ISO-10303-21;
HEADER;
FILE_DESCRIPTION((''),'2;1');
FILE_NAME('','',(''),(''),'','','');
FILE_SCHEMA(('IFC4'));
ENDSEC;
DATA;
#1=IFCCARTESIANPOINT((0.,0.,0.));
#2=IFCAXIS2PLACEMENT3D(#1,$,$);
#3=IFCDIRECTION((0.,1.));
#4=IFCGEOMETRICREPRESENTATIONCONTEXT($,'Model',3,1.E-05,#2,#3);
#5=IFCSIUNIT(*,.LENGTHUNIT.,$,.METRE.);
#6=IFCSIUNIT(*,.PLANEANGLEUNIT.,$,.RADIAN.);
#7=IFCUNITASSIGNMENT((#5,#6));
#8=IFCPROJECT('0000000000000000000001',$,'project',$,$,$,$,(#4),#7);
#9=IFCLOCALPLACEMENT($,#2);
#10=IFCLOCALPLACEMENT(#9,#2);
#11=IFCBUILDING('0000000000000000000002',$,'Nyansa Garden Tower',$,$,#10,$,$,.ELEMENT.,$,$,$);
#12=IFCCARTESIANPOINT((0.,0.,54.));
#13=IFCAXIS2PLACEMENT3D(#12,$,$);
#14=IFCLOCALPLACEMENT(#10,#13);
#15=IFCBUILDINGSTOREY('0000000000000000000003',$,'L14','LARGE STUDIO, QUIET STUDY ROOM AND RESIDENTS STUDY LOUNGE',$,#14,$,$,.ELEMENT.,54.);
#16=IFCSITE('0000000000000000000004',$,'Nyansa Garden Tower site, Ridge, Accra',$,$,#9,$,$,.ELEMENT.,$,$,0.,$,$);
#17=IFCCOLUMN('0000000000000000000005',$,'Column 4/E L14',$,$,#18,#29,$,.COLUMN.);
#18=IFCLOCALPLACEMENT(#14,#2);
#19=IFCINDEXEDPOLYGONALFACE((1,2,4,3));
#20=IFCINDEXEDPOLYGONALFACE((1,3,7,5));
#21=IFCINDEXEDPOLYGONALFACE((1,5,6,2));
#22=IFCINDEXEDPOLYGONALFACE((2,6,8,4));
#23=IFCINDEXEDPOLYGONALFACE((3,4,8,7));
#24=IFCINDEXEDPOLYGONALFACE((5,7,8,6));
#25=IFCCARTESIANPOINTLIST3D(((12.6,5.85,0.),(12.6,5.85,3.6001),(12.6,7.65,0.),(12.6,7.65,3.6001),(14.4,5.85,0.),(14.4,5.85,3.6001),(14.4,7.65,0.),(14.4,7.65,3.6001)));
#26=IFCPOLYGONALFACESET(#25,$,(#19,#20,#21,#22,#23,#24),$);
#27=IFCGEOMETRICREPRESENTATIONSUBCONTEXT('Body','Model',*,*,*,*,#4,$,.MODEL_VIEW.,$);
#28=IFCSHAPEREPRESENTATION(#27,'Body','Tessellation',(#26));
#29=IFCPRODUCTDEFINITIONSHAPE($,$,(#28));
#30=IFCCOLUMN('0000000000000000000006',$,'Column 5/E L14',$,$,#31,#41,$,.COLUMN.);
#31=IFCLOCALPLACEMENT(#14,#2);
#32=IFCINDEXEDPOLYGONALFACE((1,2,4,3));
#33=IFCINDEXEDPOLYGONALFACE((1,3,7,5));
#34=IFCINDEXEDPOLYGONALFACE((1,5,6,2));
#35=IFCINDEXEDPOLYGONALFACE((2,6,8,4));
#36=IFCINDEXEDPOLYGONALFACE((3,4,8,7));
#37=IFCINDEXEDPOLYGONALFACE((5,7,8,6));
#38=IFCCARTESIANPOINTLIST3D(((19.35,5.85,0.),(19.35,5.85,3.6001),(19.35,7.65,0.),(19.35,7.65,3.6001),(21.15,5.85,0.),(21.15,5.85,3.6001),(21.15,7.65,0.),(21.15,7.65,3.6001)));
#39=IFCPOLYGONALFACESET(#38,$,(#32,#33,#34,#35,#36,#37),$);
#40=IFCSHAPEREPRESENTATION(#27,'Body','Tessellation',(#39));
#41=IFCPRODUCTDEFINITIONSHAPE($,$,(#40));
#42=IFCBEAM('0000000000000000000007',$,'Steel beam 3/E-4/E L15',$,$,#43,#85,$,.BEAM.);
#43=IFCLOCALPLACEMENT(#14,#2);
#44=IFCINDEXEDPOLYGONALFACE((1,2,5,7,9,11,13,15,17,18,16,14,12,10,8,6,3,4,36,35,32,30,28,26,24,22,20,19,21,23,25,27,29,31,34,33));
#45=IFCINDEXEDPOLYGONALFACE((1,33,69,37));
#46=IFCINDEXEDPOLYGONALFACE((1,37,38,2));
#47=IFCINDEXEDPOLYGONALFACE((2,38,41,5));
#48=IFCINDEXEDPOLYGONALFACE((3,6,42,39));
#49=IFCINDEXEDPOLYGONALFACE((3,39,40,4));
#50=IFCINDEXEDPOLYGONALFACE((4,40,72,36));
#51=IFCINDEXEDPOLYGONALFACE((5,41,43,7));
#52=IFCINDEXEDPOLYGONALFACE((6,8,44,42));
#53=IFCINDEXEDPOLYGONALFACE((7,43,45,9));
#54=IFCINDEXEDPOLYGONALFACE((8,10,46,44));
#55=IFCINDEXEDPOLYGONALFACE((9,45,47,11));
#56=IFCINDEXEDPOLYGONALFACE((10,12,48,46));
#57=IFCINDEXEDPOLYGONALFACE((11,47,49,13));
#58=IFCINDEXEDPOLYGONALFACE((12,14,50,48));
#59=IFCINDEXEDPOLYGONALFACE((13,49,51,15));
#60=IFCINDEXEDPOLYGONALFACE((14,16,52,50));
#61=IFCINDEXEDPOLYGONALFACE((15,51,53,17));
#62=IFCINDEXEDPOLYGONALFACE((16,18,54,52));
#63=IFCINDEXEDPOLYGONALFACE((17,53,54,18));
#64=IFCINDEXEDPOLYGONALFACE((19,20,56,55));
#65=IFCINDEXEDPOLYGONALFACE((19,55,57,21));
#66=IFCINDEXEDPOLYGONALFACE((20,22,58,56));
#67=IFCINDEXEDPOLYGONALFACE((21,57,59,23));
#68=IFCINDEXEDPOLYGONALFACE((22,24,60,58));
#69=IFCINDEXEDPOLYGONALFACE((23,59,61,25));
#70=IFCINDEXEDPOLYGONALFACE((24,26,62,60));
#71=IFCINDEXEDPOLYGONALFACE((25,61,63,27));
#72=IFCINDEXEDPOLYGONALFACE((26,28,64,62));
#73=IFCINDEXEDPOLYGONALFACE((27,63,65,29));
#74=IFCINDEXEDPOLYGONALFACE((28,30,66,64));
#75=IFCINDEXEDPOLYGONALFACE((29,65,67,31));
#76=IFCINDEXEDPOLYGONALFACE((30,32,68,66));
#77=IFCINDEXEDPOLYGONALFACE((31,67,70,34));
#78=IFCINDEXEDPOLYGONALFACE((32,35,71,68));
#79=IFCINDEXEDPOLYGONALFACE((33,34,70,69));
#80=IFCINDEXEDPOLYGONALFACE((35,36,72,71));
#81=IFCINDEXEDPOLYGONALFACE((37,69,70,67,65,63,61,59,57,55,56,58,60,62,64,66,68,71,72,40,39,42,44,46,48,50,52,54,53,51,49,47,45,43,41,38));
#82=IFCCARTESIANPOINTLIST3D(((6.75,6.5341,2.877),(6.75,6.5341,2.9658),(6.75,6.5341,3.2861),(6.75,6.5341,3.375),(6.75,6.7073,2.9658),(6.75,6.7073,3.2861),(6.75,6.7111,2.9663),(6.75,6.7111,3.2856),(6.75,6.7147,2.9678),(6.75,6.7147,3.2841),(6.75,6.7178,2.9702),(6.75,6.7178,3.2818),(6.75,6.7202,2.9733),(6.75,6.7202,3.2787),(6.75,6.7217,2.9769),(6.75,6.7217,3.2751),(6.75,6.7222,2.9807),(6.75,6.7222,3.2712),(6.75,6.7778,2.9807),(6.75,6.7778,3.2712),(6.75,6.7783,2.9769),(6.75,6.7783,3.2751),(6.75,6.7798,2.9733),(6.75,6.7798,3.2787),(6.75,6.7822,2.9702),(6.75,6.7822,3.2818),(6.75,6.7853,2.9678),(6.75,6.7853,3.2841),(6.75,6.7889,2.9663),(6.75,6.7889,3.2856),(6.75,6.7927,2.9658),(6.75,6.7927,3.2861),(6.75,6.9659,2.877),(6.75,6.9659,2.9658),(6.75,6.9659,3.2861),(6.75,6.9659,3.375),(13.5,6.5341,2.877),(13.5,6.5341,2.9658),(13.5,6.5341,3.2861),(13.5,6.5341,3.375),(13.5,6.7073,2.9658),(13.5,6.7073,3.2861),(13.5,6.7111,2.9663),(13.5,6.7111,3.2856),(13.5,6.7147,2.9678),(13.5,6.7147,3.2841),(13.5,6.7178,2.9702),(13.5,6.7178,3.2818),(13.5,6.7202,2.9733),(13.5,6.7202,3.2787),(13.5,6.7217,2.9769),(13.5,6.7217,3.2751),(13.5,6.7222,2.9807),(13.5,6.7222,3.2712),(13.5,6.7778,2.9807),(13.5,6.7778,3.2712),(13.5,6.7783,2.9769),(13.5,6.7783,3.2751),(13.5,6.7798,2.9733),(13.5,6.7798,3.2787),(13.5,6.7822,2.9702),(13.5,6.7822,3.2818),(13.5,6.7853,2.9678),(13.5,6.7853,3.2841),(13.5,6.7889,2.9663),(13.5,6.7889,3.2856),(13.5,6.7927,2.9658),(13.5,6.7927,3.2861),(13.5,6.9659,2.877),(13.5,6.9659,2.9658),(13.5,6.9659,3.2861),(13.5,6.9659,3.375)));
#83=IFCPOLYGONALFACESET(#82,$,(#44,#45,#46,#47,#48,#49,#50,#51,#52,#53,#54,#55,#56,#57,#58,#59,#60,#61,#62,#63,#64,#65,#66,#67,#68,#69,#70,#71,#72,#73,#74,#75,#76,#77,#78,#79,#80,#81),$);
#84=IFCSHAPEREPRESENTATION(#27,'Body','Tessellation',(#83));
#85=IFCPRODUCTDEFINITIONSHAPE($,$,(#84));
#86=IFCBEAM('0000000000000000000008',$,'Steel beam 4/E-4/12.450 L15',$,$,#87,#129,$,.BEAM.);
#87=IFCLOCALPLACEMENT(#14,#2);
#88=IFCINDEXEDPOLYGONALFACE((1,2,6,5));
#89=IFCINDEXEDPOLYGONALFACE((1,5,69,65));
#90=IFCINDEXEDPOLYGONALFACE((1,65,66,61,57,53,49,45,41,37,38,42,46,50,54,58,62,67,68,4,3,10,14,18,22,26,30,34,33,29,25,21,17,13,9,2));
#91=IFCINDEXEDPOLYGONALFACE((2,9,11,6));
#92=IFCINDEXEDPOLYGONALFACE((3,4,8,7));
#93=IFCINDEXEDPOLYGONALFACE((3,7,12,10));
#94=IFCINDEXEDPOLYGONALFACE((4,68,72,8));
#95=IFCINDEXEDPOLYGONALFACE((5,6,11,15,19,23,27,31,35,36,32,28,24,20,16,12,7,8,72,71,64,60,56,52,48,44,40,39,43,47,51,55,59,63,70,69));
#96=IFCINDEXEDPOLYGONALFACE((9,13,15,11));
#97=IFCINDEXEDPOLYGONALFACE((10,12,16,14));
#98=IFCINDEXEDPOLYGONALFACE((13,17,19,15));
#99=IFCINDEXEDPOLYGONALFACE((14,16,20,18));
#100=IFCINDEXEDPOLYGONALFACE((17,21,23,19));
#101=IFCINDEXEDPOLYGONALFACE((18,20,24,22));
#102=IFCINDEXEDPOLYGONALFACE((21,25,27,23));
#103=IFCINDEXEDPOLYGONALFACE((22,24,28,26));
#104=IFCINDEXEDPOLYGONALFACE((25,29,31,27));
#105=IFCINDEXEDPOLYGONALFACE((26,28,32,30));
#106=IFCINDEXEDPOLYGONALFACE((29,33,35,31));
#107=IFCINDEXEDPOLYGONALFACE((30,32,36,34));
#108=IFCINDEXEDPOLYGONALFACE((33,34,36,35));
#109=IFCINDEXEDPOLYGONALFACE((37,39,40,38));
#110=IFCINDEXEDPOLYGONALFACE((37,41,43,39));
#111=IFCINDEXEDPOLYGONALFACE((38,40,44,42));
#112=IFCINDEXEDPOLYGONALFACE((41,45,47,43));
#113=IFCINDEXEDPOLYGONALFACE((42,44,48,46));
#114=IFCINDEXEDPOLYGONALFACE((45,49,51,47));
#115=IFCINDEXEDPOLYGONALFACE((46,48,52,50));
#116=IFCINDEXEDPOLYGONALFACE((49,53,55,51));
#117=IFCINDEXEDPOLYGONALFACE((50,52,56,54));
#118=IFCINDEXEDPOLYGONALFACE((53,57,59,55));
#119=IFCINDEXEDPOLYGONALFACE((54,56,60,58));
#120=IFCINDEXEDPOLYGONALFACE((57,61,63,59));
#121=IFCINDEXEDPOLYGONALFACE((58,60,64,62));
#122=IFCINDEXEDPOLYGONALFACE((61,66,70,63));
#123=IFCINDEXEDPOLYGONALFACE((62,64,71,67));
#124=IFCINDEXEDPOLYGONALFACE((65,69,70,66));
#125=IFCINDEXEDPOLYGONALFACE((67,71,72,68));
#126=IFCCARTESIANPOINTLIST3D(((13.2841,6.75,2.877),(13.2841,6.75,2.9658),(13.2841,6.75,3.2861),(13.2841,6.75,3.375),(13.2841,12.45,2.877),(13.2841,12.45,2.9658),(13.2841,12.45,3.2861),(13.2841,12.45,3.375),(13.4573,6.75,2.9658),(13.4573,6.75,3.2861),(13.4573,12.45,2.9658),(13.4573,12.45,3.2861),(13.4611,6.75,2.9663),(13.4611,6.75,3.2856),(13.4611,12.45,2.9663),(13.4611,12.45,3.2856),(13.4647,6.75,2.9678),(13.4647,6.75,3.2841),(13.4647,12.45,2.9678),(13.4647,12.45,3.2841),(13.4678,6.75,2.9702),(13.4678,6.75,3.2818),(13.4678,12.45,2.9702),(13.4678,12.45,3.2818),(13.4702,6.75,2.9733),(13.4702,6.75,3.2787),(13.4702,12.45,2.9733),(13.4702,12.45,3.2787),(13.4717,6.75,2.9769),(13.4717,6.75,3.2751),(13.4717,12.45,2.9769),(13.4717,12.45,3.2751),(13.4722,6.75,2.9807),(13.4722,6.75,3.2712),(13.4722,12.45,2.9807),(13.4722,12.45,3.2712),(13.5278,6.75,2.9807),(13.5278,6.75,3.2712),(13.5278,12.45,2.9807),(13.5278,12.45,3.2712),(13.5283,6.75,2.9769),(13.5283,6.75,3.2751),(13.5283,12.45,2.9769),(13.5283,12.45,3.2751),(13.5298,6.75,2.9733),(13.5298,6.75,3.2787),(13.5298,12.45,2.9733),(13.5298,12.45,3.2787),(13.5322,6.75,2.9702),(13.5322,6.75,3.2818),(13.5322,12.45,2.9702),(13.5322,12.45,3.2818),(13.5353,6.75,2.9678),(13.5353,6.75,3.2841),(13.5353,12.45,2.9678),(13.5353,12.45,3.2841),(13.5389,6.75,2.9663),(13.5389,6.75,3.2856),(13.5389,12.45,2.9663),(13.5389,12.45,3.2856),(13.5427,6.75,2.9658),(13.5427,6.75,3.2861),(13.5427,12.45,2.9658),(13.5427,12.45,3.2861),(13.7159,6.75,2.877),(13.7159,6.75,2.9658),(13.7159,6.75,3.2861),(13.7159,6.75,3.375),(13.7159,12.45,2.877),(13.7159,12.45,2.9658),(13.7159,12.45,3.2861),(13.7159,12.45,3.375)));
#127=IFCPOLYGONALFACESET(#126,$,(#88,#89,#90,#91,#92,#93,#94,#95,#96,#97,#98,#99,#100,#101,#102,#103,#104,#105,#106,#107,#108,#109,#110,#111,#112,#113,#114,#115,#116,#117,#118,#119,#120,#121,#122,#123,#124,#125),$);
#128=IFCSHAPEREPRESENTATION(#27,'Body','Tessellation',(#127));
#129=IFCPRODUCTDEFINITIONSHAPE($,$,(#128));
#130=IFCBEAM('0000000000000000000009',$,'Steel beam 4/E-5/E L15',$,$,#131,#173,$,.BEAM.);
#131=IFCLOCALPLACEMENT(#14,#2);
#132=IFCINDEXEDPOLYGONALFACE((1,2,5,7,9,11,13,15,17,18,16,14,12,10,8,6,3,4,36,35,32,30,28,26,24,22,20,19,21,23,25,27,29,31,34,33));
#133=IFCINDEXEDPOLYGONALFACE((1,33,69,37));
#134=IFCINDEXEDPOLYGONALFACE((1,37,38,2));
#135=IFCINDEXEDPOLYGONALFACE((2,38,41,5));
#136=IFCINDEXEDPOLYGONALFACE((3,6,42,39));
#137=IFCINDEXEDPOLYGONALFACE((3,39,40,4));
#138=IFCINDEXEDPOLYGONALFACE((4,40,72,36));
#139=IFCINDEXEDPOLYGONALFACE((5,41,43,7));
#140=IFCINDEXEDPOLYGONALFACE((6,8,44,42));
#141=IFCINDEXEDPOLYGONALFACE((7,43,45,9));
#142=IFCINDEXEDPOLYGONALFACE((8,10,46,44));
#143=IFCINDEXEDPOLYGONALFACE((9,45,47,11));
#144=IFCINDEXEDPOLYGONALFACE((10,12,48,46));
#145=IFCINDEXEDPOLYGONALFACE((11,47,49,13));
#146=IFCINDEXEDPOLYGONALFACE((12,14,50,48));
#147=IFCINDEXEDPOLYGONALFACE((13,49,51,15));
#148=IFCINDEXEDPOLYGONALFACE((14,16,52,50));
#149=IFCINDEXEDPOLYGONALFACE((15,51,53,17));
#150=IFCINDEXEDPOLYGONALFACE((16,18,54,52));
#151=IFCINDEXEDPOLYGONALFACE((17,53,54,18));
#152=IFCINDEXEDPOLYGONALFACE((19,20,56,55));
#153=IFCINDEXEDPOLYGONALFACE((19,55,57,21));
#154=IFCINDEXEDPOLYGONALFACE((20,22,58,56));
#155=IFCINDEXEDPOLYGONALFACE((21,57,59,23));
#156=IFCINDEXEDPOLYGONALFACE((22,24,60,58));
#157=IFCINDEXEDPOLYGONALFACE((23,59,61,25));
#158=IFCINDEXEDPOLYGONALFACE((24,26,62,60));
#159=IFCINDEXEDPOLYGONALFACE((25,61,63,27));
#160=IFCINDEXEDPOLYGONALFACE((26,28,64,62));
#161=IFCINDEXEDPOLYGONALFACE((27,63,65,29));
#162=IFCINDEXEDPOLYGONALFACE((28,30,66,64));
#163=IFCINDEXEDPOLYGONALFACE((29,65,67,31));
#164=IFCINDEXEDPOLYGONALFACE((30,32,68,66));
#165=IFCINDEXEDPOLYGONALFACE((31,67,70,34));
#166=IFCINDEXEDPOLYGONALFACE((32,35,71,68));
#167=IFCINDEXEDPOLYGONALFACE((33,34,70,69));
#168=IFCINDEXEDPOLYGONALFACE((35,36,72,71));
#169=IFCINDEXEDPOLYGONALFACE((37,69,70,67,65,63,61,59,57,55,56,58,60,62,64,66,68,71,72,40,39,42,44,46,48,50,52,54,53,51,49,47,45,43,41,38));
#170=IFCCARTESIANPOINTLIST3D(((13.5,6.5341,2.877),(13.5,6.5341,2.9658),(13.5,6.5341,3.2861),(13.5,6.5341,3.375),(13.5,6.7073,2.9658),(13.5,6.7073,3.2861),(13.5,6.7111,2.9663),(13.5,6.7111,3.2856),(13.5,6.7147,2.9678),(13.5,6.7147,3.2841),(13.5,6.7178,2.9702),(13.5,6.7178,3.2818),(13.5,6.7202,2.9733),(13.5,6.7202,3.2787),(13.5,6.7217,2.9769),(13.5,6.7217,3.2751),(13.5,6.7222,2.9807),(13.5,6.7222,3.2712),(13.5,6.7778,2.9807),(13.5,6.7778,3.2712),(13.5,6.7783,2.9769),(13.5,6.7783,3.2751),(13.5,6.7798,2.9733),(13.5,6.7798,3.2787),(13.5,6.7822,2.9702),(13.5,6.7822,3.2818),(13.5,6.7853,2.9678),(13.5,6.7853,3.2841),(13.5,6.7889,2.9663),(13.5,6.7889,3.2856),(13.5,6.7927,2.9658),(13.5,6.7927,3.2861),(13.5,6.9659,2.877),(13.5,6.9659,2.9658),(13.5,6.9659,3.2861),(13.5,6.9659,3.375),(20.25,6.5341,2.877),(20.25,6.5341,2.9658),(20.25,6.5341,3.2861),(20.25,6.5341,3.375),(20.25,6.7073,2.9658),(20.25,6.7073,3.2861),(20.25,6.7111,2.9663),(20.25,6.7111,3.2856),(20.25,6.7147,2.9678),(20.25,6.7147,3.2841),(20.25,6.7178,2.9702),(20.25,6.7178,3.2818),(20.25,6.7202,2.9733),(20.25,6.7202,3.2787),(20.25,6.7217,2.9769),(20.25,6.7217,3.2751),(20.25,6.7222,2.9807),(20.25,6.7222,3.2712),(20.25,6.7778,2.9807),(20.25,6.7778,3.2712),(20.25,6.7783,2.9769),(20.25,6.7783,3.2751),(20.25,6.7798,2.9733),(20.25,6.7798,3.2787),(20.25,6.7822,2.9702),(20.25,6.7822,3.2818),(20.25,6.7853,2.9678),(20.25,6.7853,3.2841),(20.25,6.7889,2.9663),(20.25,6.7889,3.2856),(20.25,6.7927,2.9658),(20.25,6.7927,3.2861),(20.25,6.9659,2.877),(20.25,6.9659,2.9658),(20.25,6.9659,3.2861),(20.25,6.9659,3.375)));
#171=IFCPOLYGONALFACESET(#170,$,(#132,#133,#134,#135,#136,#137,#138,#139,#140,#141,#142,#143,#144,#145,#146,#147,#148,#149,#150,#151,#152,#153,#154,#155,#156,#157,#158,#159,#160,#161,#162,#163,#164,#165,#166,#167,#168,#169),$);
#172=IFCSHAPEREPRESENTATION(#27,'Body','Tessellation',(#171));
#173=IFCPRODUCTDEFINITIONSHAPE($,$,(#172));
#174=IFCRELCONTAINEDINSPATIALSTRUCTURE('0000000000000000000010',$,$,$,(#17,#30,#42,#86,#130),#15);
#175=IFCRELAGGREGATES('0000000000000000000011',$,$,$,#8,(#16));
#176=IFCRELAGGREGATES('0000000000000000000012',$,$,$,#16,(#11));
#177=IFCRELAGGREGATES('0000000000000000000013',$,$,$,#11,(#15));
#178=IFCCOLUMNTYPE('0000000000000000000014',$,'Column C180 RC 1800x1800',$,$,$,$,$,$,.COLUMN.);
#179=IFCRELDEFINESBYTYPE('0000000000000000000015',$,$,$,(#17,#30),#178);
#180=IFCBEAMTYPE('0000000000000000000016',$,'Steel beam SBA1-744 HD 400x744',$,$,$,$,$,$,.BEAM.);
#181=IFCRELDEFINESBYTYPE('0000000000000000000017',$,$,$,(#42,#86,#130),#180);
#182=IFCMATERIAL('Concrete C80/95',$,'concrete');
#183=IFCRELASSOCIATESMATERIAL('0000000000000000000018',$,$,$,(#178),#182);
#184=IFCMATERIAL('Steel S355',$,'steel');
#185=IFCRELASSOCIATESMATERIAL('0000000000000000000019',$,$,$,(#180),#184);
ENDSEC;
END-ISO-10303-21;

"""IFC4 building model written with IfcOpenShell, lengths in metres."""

from ifc_helpers import new_model, si_unit, direction, frame, origin, origin_2d, place, context, subcontext, project, spatial, rectangle, i_section, extrude, material, material_profile, profile_set, type_object, element, save


model = new_model("IFC4")

# Units and contexts
model_context = context("Model", 3, precision=1e-05, world=origin(), true_north=direction((0.0, 1.0)))
body_context = subcontext(model_context, "Body", "Model", "MODEL_VIEW")
ifc_project = project(units=[si_unit("LENGTHUNIT", "METRE"), si_unit("PLANEANGLEUNIT", "RADIAN")], contexts=[model_context])

# Site, building, storey
site_placement = place(None, origin())
site = spatial("IfcSite", under=ifc_project, at=site_placement, Name="Nyansa Garden Tower site, Ridge, Accra", CompositionType="ELEMENT", RefElevation=0.0)
building_placement = place(site_placement, origin())
building = spatial("IfcBuilding", under=site, at=building_placement, Name="Nyansa Garden Tower", CompositionType="ELEMENT")
storey_placement = place(building_placement, frame((0.0, 0.0, 54.0)))
storey = spatial("IfcBuildingStorey", under=building, at=storey_placement, Name="L14", Description="LARGE STUDIO, QUIET STUDY ROOM AND RESIDENTS STUDY LOUNGE", CompositionType="ELEMENT", Elevation=54.0)

# Columns
ifc_material_1 = material(Name="Concrete C80/95", Category="concrete")
ifc_material_profile_1 = material_profile(ifc_material_1, rectangle(XDim=1.8, YDim=1.8, at=origin_2d()), Name="RC 1800x1800")
ifc_profile_set_1 = profile_set([ifc_material_profile_1], Name="Concrete C80/95")
column_type = type_object("IfcColumnType", Name="Column C180 RC 1800x1800", PredefinedType="COLUMN", material=ifc_profile_set_1)
for number, where, z_axis, x_axis, name in (
    (1, (13.5, 6.75, 0.0), (0.0, 0.0, 1.0), (1.0, 0.0, 0.0), "Column 4/E L14"),
    (2, (20.25, 6.75, 0.0), (0.0, 0.0, 1.0), (1.0, 0.0, 0.0), "Column 5/E L14"),
):
    element("IfcColumn", number, at=place(storey_placement, frame(where, z_axis=z_axis, x_axis=x_axis)), inside=storey, type_object=column_type, Name=name, PredefinedType="COLUMN", context=body_context, shape_type="SweptSolid", body=[
        extrude(rectangle(XDim=1.8, YDim=1.8, at=origin_2d()), origin(), (0.0, 0.0, 1.0), 3.6001),
    ])

# Beams
ifc_material_2 = material(Name="Steel S355", Category="steel")
ifc_material_profile_2 = material_profile(ifc_material_2, i_section(OverallWidth=0.4319, OverallDepth=0.498, WebThickness=0.0557, FlangeThickness=0.0889, FilletRadius=0.0149, at=origin_2d()), Name="HD 400x744")
ifc_profile_set_2 = profile_set([ifc_material_profile_2], Name="Steel S355")
beam_type_1 = type_object("IfcBeamType", Name="Steel beam SBA1-744 HD 400x744", PredefinedType="BEAM", material=ifc_profile_set_2)
beam_1_placement = place(storey_placement, frame((6.75, 6.75, 3.126), z_axis=(1.0, 0.0, 0.0), x_axis=(0.0, 1.0, 0.0)))
element("IfcBeam", 3, at=beam_1_placement, inside=storey, type_object=beam_type_1, Name="Steel beam 3/E-4/E L15", PredefinedType="BEAM", context=body_context, shape_type="SweptSolid", body=[
    extrude(i_section(OverallWidth=0.4319, OverallDepth=0.498, WebThickness=0.0557, FlangeThickness=0.0889, FilletRadius=0.0149, at=origin_2d()), origin(), (0.0, 0.0, 1.0), 6.75),
])
beam_2_placement = place(storey_placement, frame((13.5, 6.75, 3.126), z_axis=(0.0, 1.0, 0.0), x_axis=(-1.0, 0.0, 0.0)))
element("IfcBeam", 4, at=beam_2_placement, inside=storey, type_object=beam_type_1, Name="Steel beam 4/E-4/12.450 L15", PredefinedType="BEAM", context=body_context, shape_type="SweptSolid", body=[
    extrude(i_section(OverallWidth=0.4319, OverallDepth=0.498, WebThickness=0.0557, FlangeThickness=0.0889, FilletRadius=0.0149, at=origin_2d()), origin(), (0.0, 0.0, 1.0), 5.7),
])
beam_3_placement = place(storey_placement, frame((13.5, 6.75, 3.126), z_axis=(1.0, 0.0, 0.0), x_axis=(0.0, 1.0, 0.0)))
element("IfcBeam", 5, at=beam_3_placement, inside=storey, type_object=beam_type_1, Name="Steel beam 4/E-5/E L15", PredefinedType="BEAM", context=body_context, shape_type="SweptSolid", body=[
    extrude(i_section(OverallWidth=0.4319, OverallDepth=0.498, WebThickness=0.0557, FlangeThickness=0.0889, FilletRadius=0.0149, at=origin_2d()), origin(), (0.0, 0.0, 1.0), 6.75),
])

save(model, "model.ifc")
